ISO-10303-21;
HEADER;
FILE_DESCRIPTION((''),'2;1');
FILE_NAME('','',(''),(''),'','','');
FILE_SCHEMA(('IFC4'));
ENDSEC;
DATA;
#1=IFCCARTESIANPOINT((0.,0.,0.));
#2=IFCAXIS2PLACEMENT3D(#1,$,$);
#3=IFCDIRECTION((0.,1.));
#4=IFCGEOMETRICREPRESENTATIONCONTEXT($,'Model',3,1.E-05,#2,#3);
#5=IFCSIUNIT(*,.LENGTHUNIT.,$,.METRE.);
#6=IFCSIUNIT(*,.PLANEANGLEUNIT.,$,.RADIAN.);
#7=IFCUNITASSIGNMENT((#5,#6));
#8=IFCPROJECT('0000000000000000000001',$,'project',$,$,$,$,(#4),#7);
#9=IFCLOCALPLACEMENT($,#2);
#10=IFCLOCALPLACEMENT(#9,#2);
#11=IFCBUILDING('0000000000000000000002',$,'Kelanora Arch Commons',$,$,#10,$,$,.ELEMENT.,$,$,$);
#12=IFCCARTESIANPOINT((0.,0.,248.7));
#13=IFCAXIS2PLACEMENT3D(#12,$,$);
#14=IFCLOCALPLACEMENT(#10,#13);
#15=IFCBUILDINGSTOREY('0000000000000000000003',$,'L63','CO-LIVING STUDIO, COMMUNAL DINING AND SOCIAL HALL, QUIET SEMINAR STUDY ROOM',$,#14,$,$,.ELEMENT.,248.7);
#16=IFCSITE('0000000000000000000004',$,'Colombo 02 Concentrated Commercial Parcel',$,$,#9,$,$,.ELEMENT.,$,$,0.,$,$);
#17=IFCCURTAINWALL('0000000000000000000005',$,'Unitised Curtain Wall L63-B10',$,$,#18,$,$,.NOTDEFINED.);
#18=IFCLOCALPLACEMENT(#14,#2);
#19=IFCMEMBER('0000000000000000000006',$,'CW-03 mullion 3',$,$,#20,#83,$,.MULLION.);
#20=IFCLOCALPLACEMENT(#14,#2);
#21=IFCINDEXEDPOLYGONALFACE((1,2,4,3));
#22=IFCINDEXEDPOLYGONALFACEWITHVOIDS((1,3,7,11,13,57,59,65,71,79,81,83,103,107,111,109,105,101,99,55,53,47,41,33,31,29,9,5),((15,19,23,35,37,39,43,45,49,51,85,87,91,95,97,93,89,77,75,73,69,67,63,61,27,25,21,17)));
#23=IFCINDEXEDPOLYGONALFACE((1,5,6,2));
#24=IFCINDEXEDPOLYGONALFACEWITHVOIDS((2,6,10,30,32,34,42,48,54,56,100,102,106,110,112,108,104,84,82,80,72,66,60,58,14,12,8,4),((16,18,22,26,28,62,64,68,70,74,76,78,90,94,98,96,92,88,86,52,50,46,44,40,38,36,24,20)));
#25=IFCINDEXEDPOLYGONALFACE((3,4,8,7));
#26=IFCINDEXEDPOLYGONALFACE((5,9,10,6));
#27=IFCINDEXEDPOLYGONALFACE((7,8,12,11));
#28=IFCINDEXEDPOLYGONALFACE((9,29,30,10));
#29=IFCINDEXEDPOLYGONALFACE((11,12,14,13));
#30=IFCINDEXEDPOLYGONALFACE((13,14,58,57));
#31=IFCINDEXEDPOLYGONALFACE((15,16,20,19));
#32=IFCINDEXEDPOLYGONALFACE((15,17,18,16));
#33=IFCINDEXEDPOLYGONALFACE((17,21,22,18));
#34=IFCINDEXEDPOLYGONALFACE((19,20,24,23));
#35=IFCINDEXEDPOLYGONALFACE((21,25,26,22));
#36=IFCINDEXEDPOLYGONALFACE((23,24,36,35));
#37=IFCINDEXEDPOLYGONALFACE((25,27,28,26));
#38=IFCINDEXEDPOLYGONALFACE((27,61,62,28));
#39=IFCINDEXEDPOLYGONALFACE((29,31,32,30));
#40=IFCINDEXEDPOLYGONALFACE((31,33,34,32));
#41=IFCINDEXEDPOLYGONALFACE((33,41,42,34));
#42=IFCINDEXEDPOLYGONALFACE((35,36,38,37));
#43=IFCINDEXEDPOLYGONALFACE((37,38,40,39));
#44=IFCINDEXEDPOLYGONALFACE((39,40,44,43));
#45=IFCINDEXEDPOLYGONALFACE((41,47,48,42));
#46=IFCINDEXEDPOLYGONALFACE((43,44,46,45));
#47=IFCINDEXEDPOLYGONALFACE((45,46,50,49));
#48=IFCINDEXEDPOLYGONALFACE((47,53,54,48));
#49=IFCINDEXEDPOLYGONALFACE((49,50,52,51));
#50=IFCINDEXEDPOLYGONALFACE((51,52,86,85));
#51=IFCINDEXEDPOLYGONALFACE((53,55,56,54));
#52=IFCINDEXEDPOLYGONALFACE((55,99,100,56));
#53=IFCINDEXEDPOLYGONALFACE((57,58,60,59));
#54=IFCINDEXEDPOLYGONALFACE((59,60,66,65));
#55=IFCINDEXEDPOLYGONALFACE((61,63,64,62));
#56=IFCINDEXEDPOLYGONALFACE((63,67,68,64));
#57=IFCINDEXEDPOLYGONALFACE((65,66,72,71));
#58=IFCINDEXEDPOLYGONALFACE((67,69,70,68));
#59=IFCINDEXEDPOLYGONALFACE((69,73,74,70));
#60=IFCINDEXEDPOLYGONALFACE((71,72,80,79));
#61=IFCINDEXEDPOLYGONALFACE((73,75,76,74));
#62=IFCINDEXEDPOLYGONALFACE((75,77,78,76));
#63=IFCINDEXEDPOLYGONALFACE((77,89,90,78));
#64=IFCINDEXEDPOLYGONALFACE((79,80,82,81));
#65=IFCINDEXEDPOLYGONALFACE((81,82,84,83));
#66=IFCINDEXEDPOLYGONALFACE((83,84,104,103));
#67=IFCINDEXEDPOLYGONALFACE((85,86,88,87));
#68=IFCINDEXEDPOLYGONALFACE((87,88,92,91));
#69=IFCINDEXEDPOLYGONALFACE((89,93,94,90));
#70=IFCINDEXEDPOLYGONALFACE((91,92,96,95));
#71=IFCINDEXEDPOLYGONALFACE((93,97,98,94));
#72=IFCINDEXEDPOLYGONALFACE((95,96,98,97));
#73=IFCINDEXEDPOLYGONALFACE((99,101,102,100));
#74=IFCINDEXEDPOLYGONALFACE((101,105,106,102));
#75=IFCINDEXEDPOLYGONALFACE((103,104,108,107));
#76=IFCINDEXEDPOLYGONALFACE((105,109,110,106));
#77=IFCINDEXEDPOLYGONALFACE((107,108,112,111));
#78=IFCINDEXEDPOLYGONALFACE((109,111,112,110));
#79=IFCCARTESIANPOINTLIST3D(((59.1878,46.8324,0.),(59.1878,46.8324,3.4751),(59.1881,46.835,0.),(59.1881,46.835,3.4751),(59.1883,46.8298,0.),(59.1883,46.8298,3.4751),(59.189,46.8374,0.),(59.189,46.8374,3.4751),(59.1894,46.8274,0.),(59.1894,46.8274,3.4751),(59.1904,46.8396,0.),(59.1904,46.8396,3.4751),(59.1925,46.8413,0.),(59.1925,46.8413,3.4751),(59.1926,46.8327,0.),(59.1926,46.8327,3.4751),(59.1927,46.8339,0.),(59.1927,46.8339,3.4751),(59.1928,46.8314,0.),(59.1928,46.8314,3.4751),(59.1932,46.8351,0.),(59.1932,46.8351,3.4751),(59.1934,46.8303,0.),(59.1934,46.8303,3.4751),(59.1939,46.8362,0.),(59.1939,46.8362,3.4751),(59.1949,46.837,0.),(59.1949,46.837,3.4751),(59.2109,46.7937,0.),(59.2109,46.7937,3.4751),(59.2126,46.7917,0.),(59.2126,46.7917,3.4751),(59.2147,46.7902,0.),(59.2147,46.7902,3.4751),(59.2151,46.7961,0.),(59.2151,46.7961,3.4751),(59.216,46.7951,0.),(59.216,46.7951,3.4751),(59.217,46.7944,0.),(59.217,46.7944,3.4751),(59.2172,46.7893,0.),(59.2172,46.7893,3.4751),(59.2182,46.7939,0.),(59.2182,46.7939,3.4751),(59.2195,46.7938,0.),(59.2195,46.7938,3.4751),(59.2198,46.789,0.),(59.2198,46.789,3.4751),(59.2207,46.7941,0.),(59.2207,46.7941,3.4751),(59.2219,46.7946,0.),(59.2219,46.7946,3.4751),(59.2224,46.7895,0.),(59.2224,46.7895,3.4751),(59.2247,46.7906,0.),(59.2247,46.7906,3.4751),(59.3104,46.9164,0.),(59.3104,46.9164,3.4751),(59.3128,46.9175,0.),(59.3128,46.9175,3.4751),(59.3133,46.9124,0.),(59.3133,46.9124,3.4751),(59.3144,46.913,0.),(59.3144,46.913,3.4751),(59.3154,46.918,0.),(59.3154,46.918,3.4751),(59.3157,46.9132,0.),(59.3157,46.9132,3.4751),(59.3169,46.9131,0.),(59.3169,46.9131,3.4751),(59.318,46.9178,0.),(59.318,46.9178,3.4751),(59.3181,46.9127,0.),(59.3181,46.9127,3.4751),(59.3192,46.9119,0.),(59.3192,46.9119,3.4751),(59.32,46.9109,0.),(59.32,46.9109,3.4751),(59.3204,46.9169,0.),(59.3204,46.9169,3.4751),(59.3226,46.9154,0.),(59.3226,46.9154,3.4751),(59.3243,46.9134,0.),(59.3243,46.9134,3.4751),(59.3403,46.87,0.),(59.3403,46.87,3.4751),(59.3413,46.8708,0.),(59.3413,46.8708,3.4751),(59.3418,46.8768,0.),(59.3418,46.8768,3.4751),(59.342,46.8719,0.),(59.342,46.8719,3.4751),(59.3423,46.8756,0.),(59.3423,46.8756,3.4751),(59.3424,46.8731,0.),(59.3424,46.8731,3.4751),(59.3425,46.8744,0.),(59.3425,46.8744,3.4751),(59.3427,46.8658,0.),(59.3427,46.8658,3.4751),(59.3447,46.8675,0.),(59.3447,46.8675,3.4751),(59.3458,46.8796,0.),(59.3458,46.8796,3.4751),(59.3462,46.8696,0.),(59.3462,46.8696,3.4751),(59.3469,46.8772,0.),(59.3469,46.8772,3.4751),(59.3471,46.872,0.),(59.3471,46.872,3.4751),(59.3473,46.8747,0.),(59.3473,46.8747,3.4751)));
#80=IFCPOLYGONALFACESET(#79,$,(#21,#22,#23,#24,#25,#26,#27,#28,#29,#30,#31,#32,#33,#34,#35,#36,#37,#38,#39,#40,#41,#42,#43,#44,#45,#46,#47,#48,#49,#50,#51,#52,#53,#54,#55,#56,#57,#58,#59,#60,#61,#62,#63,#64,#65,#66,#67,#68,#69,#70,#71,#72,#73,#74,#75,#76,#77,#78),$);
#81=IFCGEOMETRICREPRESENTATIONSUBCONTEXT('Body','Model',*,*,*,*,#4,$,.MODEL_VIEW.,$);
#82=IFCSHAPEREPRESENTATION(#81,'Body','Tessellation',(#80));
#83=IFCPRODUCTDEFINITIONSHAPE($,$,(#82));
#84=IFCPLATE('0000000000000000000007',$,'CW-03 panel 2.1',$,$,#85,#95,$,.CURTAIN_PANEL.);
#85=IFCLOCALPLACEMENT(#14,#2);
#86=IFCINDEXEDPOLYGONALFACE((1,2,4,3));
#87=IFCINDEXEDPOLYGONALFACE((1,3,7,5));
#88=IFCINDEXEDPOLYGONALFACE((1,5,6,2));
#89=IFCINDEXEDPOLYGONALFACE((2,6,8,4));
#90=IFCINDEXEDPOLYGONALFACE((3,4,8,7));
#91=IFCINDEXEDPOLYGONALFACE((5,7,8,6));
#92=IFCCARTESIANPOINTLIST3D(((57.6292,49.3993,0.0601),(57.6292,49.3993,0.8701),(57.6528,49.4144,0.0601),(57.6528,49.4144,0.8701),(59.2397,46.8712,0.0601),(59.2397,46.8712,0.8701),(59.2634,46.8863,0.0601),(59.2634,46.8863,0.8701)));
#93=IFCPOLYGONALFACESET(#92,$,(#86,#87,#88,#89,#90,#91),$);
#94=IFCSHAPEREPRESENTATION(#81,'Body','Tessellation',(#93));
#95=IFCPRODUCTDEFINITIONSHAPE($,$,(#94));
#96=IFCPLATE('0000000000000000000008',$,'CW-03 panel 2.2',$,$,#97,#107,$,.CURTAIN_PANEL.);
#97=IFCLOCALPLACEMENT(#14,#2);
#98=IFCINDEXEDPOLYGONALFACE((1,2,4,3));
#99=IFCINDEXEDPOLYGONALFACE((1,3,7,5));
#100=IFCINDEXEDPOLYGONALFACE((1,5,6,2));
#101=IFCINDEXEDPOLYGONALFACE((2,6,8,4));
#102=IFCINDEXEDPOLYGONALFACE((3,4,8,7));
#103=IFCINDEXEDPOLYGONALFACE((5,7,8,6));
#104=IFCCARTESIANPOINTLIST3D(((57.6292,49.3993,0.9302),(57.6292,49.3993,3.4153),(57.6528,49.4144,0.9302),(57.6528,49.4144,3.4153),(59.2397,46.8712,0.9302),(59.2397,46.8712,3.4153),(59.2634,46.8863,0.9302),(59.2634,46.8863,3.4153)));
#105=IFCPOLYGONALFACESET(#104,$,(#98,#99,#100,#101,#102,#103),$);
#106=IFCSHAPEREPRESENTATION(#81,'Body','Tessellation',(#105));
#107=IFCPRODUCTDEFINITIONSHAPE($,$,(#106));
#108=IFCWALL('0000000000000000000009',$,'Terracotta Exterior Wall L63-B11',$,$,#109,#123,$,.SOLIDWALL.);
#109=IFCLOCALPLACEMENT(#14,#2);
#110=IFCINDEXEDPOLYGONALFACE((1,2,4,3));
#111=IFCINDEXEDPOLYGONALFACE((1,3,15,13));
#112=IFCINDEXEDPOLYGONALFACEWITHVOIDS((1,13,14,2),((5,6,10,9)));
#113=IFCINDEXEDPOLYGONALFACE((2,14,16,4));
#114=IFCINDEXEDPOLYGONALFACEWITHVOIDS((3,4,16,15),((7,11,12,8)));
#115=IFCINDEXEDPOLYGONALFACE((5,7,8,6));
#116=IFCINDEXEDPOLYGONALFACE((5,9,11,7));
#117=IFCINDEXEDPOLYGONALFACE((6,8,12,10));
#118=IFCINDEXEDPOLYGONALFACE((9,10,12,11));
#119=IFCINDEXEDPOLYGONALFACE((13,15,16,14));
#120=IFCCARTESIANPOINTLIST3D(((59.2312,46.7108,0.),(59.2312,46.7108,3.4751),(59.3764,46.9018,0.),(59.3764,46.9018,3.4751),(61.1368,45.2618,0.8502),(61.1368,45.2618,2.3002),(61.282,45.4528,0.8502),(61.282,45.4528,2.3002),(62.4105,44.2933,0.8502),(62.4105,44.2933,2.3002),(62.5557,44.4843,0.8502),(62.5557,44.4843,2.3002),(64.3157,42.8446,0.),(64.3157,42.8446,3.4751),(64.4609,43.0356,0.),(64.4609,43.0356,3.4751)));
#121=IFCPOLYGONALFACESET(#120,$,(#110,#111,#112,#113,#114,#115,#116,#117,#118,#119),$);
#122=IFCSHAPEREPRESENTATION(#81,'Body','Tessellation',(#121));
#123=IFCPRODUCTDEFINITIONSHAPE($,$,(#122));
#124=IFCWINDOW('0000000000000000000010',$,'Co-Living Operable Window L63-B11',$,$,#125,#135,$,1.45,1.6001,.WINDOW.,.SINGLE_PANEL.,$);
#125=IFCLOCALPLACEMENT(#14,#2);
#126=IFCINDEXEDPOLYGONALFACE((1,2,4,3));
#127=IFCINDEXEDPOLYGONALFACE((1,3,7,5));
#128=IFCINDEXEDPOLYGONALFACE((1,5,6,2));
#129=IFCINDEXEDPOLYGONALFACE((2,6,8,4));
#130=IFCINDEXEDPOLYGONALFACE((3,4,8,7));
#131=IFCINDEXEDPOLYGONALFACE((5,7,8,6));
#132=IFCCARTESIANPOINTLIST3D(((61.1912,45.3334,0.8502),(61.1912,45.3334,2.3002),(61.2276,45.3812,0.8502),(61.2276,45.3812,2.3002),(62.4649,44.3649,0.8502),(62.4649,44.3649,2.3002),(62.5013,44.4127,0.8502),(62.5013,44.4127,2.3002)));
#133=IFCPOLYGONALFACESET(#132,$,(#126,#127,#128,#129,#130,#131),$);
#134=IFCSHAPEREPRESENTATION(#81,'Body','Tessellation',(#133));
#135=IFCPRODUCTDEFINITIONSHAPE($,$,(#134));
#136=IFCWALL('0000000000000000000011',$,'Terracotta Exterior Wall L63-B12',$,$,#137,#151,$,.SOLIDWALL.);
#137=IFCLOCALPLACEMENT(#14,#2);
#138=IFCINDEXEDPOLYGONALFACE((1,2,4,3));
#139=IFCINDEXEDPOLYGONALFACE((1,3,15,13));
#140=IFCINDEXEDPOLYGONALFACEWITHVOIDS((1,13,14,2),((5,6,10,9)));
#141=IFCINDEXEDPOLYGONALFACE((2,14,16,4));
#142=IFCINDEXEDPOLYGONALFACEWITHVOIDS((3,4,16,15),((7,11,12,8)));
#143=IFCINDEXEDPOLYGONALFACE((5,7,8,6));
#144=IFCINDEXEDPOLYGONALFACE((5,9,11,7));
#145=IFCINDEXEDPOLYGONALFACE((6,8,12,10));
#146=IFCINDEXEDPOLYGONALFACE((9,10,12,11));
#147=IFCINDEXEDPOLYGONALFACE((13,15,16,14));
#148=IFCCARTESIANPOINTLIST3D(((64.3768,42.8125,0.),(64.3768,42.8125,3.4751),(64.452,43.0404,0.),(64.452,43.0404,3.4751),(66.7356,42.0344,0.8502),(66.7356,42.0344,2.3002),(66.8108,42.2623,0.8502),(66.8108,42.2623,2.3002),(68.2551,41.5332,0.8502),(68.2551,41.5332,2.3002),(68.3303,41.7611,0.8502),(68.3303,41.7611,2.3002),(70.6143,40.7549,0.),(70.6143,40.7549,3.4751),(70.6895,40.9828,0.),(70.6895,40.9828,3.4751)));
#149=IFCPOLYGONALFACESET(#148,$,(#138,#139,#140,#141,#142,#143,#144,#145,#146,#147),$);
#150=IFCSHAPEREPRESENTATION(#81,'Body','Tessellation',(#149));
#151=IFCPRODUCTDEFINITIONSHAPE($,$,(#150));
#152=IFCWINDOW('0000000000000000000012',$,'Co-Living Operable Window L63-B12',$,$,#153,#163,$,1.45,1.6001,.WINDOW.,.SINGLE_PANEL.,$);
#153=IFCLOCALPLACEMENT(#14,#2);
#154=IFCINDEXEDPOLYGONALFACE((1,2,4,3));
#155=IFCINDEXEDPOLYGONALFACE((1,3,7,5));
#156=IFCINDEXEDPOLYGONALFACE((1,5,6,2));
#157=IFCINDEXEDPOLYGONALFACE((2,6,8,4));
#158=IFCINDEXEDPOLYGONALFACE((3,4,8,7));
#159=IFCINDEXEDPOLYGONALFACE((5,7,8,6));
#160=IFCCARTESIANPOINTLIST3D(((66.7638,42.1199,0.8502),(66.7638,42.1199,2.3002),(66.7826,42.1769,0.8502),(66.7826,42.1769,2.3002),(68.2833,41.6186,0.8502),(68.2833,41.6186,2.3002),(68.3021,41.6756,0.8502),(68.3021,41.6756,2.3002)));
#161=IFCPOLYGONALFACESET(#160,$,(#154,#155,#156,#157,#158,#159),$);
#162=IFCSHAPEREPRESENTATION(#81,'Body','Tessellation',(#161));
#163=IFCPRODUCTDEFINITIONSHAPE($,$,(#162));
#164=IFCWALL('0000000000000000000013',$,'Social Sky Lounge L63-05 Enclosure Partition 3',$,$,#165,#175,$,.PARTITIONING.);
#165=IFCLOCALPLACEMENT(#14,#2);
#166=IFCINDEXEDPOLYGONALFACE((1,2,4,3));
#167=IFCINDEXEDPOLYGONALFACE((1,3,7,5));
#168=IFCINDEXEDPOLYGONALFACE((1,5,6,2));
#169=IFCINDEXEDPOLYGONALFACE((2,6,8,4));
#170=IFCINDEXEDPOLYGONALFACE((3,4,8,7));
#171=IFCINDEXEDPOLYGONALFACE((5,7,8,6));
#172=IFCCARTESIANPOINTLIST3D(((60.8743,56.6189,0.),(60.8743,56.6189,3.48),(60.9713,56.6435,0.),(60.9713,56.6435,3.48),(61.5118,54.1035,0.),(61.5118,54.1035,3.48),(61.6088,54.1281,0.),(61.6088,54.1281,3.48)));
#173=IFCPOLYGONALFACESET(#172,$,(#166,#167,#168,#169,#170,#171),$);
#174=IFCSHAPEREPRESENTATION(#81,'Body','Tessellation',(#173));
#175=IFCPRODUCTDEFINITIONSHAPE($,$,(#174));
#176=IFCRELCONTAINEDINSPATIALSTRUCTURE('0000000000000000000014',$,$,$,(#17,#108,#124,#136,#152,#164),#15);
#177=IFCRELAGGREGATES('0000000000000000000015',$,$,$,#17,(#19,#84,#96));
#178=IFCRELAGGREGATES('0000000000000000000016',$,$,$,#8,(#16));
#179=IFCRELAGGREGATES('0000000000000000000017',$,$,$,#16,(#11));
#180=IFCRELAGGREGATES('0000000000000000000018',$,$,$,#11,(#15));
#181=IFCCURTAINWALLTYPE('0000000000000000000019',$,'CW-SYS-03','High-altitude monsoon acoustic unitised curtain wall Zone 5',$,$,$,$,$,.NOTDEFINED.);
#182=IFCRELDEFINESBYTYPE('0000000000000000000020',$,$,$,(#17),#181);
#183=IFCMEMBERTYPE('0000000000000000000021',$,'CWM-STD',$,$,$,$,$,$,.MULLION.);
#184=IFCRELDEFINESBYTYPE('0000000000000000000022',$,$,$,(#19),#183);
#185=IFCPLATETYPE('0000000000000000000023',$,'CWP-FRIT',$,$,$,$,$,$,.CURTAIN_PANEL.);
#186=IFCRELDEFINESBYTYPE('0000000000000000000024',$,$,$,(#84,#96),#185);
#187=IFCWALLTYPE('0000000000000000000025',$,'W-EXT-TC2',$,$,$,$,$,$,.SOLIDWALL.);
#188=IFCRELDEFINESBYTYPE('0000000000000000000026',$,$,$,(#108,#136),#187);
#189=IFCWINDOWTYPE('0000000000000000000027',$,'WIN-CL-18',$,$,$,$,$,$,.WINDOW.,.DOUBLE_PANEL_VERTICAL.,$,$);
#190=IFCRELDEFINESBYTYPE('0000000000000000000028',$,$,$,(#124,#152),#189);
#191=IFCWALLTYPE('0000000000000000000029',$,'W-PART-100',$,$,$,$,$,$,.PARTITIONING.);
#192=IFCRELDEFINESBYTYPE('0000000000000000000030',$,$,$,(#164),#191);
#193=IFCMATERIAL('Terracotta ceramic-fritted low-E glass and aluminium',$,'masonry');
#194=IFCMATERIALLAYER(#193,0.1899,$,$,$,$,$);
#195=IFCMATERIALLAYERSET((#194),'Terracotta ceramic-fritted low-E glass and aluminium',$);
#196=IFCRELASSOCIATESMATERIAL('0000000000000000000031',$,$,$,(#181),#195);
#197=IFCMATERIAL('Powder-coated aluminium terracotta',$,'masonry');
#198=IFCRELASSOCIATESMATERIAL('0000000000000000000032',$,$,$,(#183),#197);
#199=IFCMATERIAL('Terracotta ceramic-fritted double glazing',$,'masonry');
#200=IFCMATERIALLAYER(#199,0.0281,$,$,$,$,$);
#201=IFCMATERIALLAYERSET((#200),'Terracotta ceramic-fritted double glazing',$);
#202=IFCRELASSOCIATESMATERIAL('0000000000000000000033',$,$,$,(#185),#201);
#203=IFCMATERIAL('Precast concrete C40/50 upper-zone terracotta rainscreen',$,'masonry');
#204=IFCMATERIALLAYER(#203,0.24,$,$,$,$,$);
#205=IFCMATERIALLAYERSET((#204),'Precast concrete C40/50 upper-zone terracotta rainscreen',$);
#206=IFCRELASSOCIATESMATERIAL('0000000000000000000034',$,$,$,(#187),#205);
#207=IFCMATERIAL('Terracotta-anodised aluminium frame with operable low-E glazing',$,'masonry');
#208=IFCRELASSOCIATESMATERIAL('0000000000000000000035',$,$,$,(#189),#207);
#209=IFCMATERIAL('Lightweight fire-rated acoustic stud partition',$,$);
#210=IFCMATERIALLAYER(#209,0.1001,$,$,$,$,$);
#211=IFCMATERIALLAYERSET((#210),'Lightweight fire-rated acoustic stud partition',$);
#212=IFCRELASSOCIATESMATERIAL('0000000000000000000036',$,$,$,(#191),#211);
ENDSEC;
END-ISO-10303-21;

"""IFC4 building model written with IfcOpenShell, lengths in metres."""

from ifc_helpers import new_model, si_unit, direction, frame, frame_2d, origin, origin_2d, place, context, subcontext, project, spatial, rectangle, hollow_rectangle, extrude, source, transform, mapped, material, layer, layer_set, material_profile, profile_set, type_object, element, fill, aggregate, save


model = new_model("IFC4")

# Units and contexts
model_context = context("Model", 3, precision=1e-05, world=origin(), true_north=direction((0.0, 1.0)))
body_context = subcontext(model_context, "Body", "Model", "MODEL_VIEW")
ifc_project = project(units=[si_unit("LENGTHUNIT", "METRE"), si_unit("PLANEANGLEUNIT", "RADIAN")], contexts=[model_context])

# Site, building, storey
site_placement = place(None, origin())
site = spatial("IfcSite", under=ifc_project, at=site_placement, Name="Colombo 02 Concentrated Commercial Parcel", CompositionType="ELEMENT", RefElevation=0.0)
building_placement = place(site_placement, origin())
building = spatial("IfcBuilding", under=site, at=building_placement, Name="Kelanora Arch Commons", CompositionType="ELEMENT")
storey_placement = place(building_placement, frame((0.0, 0.0, 248.7)))
storey = spatial("IfcBuildingStorey", under=building, at=storey_placement, Name="L63", Description="CO-LIVING STUDIO, COMMUNAL DINING AND SOCIAL HALL, QUIET SEMINAR STUDY ROOM", CompositionType="ELEMENT", Elevation=248.7)

# Curtain wall, member, plates
ifc_material_1 = material(Name="Terracotta ceramic-fritted low-E glass and aluminium", Category="masonry")
ifc_layer_1 = layer(ifc_material_1, 0.1899)
ifc_layer_set_1 = layer_set([ifc_layer_1], Name="Terracotta ceramic-fritted low-E glass and aluminium")
curtain_wall_type = type_object("IfcCurtainWallType", Name="CW-SYS-03", Description="High-altitude monsoon acoustic unitised curtain wall Zone 5", PredefinedType="NOTDEFINED", material=ifc_layer_set_1)
curtain_wall_placement = place(storey_placement, origin())
curtain_wall = element("IfcCurtainWall", 1, at=curtain_wall_placement, inside=storey, type_object=curtain_wall_type, Name="Unitised Curtain Wall L63-B10", PredefinedType="NOTDEFINED")
ifc_material_2 = material(Name="Powder-coated aluminium terracotta", Category="masonry")
ifc_material_profile_1 = material_profile(ifc_material_2, hollow_rectangle(XDim=0.1599, YDim=0.0601, WallThickness=0.0049, InnerFilletRadius=0.0049, OuterFilletRadius=0.01, at=origin_2d()), Name="CWM160x60")
ifc_profile_set_1 = profile_set([ifc_material_profile_1], Name="Powder-coated aluminium terracotta")
member_type = type_object("IfcMemberType", Name="CWM-STD", PredefinedType="MULLION", material=ifc_profile_set_1)
member_placement = place(storey_placement, frame((59.2676, 46.8535, 0.0), z_axis=(0.0, 0.0, 1.0), x_axis=(0.843391, 0.5373, 0.0)))
member = element("IfcMember", 2, at=member_placement, type_object=member_type, Name="CW-03 mullion 3", PredefinedType="MULLION", context=body_context, shape_type="SweptSolid", body=[
    extrude(hollow_rectangle(XDim=0.1599, YDim=0.0601, WallThickness=0.0049, InnerFilletRadius=0.0049, OuterFilletRadius=0.01, at=origin_2d()), origin(), (0.0, 0.0, 1.0), 3.4751),
])
ifc_material_3 = material(Name="Terracotta ceramic-fritted double glazing", Category="masonry")
ifc_layer_2 = layer(ifc_material_3, 0.0281)
ifc_layer_set_2 = layer_set([ifc_layer_2], Name="Terracotta ceramic-fritted double glazing")
plate_type = type_object("IfcPlateType", Name="CWP-FRIT", PredefinedType="CURTAIN_PANEL", material=ifc_layer_set_2)
shared_shape_1 = source(origin(), body_context, "Body", "SweptSolid", [
    extrude(rectangle(XDim=2.9976, YDim=0.0281, at=origin_2d()), origin(), (0.0, 0.0, 1.0), 0.8101),
])
plate_1_placement = place(storey_placement, frame((58.4463, 48.1428, 0.0601), z_axis=(0.0, 0.0, 1.0), x_axis=(0.5373, -0.843391, 0.0)))
plate_1 = element("IfcPlate", 3, at=plate_1_placement, type_object=plate_type, Name="CW-03 panel 2.1", PredefinedType="CURTAIN_PANEL", context=body_context, shape_type="MappedRepresentation", body=[
    mapped(shared_shape_1, transform((0.0, 0.0, 0.0), scale=1.0)),
])
shared_shape_2 = source(origin(), body_context, "Body", "SweptSolid", [
    extrude(rectangle(XDim=2.9976, YDim=0.0281, at=origin_2d()), origin(), (0.0, 0.0, 1.0), 2.4851),
])
plate_2_placement = place(storey_placement, frame((58.4463, 48.1428, 0.9302), z_axis=(0.0, 0.0, 1.0), x_axis=(0.5373, -0.843391, 0.0)))
plate_2 = element("IfcPlate", 4, at=plate_2_placement, type_object=plate_type, Name="CW-03 panel 2.2", PredefinedType="CURTAIN_PANEL", context=body_context, shape_type="MappedRepresentation", body=[
    mapped(shared_shape_2, transform((0.0, 0.0, 0.0), scale=1.0)),
])
aggregate(curtain_wall, [member, plate_1, plate_2])

# Walls, openings, windows
ifc_material_4 = material(Name="Precast concrete C40/50 upper-zone terracotta rainscreen", Category="masonry")
ifc_layer_3 = layer(ifc_material_4, 0.24)
ifc_layer_set_3 = layer_set([ifc_layer_3], Name="Precast concrete C40/50 upper-zone terracotta rainscreen")
wall_type_1 = type_object("IfcWallType", Name="W-EXT-TC2", PredefinedType="SOLIDWALL", material=ifc_layer_set_3)
wall_1_placement = place(storey_placement, frame((59.3037, 46.8064, 0.0), z_axis=(0.0, 0.0, 1.0), x_axis=(0.79601, -0.605283, 0.0)))
wall_1 = element("IfcWall", 5, at=wall_1_placement, inside=storey, type_object=wall_type_1, Name="Terracotta Exterior Wall L63-B11", PredefinedType="SOLIDWALL", context=body_context, shape_type="SweptSolid", body=[
    extrude(rectangle(XDim=6.3875, YDim=0.24, at=frame_2d((3.1938, 0.0))), origin(), (0.0, 0.0, 1.0), 3.4751),
])
opening_1_placement = place(wall_1_placement, frame((2.394, 0.0, 0.8501)))
opening_1 = element("IfcOpeningElement", 6, at=opening_1_placement, cuts=wall_1, PredefinedType="OPENING", context=body_context, shape_type="SweptSolid", body=[
    extrude(rectangle(XDim=1.6001, YDim=1.45, at=frame_2d((0.8, 0.7251))), frame((0.0, 0.1299, 0.0), z_axis=(0.0, -1.0, 0.0), x_axis=(1.0, 0.0, 0.0)), (0.0, 0.0, 1.0), 0.26),
])
ifc_material_5 = material(Name="Terracotta-anodised aluminium frame with operable low-E glazing", Category="masonry")
window_type = type_object("IfcWindowType", Name="WIN-CL-18", PartitioningType="DOUBLE_PANEL_VERTICAL", PredefinedType="WINDOW", material=ifc_material_5)
window_1_placement = place(opening_1_placement, origin())
window_1 = element("IfcWindow", 7, at=window_1_placement, inside=storey, type_object=window_type, Name="Co-Living Operable Window L63-B11", OverallHeight=1.45, OverallWidth=1.6001, PartitioningType="SINGLE_PANEL", PredefinedType="WINDOW", context=body_context, shape_type="SweptSolid", body=[
    extrude(rectangle(XDim=1.6001, YDim=1.45, at=frame_2d((0.8, 0.7251))), frame((0.0, 0.03, 0.0), z_axis=(0.0, -1.0, 0.0), x_axis=(1.0, 0.0, 0.0)), (0.0, 0.0, 1.0), 0.0601),
])
fill(opening_1, window_1)
wall_2_placement = place(storey_placement, frame((64.4143, 42.9265, 0.0), z_axis=(0.0, 0.0, 1.0), x_axis=(0.949664, -0.313271, 0.0)))
wall_2 = element("IfcWall", 8, at=wall_2_placement, inside=storey, type_object=wall_type_1, Name="Terracotta Exterior Wall L63-B12", PredefinedType="SOLIDWALL", context=body_context, shape_type="SweptSolid", body=[
    extrude(rectangle(XDim=6.5681, YDim=0.24, at=frame_2d((3.2842, 0.0))), origin(), (0.0, 0.0, 1.0), 3.4751),
])
opening_2_placement = place(wall_2_placement, frame((2.4839, 0.0, 0.8501)))
opening_2 = element("IfcOpeningElement", 9, at=opening_2_placement, cuts=wall_2, PredefinedType="OPENING", context=body_context, shape_type="SweptSolid", body=[
    extrude(rectangle(XDim=1.6001, YDim=1.45, at=frame_2d((0.8, 0.7251))), frame((0.0, 0.1299, 0.0), z_axis=(0.0, -1.0, 0.0), x_axis=(1.0, 0.0, 0.0)), (0.0, 0.0, 1.0), 0.26),
])
window_2_placement = place(opening_2_placement, origin())
window_2 = element("IfcWindow", 10, at=window_2_placement, inside=storey, type_object=window_type, Name="Co-Living Operable Window L63-B12", OverallHeight=1.45, OverallWidth=1.6001, PartitioningType="SINGLE_PANEL", PredefinedType="WINDOW", context=body_context, shape_type="SweptSolid", body=[
    extrude(rectangle(XDim=1.6001, YDim=1.45, at=frame_2d((0.8, 0.7251))), frame((0.0, 0.03, 0.0), z_axis=(0.0, -1.0, 0.0), x_axis=(1.0, 0.0, 0.0)), (0.0, 0.0, 1.0), 0.0601),
])
fill(opening_2, window_2)

# Wall
ifc_material_6 = material(Name="Lightweight fire-rated acoustic stud partition")
ifc_layer_4 = layer(ifc_material_6, 0.1001)
ifc_layer_set_4 = layer_set([ifc_layer_4], Name="Lightweight fire-rated acoustic stud partition")
wall_type_2 = type_object("IfcWallType", Name="W-PART-100", PredefinedType="PARTITIONING", material=ifc_layer_set_4)
wall_3_placement = place(storey_placement, frame((60.9229, 56.6311, 0.0), z_axis=(0.0, 0.0, 1.0), x_axis=(0.245656, -0.969357, 0.0)))
element("IfcWall", 11, at=wall_3_placement, inside=storey, type_object=wall_type_2, Name="Social Sky Lounge L63-05 Enclosure Partition 3", PredefinedType="PARTITIONING", context=body_context, shape_type="SweptSolid", body=[
    extrude(rectangle(XDim=2.595, YDim=0.1001, at=frame_2d((1.2974, 0.0))), origin(), (0.0, 0.0, 1.0), 3.48),
])

save(model, "model.ifc")
